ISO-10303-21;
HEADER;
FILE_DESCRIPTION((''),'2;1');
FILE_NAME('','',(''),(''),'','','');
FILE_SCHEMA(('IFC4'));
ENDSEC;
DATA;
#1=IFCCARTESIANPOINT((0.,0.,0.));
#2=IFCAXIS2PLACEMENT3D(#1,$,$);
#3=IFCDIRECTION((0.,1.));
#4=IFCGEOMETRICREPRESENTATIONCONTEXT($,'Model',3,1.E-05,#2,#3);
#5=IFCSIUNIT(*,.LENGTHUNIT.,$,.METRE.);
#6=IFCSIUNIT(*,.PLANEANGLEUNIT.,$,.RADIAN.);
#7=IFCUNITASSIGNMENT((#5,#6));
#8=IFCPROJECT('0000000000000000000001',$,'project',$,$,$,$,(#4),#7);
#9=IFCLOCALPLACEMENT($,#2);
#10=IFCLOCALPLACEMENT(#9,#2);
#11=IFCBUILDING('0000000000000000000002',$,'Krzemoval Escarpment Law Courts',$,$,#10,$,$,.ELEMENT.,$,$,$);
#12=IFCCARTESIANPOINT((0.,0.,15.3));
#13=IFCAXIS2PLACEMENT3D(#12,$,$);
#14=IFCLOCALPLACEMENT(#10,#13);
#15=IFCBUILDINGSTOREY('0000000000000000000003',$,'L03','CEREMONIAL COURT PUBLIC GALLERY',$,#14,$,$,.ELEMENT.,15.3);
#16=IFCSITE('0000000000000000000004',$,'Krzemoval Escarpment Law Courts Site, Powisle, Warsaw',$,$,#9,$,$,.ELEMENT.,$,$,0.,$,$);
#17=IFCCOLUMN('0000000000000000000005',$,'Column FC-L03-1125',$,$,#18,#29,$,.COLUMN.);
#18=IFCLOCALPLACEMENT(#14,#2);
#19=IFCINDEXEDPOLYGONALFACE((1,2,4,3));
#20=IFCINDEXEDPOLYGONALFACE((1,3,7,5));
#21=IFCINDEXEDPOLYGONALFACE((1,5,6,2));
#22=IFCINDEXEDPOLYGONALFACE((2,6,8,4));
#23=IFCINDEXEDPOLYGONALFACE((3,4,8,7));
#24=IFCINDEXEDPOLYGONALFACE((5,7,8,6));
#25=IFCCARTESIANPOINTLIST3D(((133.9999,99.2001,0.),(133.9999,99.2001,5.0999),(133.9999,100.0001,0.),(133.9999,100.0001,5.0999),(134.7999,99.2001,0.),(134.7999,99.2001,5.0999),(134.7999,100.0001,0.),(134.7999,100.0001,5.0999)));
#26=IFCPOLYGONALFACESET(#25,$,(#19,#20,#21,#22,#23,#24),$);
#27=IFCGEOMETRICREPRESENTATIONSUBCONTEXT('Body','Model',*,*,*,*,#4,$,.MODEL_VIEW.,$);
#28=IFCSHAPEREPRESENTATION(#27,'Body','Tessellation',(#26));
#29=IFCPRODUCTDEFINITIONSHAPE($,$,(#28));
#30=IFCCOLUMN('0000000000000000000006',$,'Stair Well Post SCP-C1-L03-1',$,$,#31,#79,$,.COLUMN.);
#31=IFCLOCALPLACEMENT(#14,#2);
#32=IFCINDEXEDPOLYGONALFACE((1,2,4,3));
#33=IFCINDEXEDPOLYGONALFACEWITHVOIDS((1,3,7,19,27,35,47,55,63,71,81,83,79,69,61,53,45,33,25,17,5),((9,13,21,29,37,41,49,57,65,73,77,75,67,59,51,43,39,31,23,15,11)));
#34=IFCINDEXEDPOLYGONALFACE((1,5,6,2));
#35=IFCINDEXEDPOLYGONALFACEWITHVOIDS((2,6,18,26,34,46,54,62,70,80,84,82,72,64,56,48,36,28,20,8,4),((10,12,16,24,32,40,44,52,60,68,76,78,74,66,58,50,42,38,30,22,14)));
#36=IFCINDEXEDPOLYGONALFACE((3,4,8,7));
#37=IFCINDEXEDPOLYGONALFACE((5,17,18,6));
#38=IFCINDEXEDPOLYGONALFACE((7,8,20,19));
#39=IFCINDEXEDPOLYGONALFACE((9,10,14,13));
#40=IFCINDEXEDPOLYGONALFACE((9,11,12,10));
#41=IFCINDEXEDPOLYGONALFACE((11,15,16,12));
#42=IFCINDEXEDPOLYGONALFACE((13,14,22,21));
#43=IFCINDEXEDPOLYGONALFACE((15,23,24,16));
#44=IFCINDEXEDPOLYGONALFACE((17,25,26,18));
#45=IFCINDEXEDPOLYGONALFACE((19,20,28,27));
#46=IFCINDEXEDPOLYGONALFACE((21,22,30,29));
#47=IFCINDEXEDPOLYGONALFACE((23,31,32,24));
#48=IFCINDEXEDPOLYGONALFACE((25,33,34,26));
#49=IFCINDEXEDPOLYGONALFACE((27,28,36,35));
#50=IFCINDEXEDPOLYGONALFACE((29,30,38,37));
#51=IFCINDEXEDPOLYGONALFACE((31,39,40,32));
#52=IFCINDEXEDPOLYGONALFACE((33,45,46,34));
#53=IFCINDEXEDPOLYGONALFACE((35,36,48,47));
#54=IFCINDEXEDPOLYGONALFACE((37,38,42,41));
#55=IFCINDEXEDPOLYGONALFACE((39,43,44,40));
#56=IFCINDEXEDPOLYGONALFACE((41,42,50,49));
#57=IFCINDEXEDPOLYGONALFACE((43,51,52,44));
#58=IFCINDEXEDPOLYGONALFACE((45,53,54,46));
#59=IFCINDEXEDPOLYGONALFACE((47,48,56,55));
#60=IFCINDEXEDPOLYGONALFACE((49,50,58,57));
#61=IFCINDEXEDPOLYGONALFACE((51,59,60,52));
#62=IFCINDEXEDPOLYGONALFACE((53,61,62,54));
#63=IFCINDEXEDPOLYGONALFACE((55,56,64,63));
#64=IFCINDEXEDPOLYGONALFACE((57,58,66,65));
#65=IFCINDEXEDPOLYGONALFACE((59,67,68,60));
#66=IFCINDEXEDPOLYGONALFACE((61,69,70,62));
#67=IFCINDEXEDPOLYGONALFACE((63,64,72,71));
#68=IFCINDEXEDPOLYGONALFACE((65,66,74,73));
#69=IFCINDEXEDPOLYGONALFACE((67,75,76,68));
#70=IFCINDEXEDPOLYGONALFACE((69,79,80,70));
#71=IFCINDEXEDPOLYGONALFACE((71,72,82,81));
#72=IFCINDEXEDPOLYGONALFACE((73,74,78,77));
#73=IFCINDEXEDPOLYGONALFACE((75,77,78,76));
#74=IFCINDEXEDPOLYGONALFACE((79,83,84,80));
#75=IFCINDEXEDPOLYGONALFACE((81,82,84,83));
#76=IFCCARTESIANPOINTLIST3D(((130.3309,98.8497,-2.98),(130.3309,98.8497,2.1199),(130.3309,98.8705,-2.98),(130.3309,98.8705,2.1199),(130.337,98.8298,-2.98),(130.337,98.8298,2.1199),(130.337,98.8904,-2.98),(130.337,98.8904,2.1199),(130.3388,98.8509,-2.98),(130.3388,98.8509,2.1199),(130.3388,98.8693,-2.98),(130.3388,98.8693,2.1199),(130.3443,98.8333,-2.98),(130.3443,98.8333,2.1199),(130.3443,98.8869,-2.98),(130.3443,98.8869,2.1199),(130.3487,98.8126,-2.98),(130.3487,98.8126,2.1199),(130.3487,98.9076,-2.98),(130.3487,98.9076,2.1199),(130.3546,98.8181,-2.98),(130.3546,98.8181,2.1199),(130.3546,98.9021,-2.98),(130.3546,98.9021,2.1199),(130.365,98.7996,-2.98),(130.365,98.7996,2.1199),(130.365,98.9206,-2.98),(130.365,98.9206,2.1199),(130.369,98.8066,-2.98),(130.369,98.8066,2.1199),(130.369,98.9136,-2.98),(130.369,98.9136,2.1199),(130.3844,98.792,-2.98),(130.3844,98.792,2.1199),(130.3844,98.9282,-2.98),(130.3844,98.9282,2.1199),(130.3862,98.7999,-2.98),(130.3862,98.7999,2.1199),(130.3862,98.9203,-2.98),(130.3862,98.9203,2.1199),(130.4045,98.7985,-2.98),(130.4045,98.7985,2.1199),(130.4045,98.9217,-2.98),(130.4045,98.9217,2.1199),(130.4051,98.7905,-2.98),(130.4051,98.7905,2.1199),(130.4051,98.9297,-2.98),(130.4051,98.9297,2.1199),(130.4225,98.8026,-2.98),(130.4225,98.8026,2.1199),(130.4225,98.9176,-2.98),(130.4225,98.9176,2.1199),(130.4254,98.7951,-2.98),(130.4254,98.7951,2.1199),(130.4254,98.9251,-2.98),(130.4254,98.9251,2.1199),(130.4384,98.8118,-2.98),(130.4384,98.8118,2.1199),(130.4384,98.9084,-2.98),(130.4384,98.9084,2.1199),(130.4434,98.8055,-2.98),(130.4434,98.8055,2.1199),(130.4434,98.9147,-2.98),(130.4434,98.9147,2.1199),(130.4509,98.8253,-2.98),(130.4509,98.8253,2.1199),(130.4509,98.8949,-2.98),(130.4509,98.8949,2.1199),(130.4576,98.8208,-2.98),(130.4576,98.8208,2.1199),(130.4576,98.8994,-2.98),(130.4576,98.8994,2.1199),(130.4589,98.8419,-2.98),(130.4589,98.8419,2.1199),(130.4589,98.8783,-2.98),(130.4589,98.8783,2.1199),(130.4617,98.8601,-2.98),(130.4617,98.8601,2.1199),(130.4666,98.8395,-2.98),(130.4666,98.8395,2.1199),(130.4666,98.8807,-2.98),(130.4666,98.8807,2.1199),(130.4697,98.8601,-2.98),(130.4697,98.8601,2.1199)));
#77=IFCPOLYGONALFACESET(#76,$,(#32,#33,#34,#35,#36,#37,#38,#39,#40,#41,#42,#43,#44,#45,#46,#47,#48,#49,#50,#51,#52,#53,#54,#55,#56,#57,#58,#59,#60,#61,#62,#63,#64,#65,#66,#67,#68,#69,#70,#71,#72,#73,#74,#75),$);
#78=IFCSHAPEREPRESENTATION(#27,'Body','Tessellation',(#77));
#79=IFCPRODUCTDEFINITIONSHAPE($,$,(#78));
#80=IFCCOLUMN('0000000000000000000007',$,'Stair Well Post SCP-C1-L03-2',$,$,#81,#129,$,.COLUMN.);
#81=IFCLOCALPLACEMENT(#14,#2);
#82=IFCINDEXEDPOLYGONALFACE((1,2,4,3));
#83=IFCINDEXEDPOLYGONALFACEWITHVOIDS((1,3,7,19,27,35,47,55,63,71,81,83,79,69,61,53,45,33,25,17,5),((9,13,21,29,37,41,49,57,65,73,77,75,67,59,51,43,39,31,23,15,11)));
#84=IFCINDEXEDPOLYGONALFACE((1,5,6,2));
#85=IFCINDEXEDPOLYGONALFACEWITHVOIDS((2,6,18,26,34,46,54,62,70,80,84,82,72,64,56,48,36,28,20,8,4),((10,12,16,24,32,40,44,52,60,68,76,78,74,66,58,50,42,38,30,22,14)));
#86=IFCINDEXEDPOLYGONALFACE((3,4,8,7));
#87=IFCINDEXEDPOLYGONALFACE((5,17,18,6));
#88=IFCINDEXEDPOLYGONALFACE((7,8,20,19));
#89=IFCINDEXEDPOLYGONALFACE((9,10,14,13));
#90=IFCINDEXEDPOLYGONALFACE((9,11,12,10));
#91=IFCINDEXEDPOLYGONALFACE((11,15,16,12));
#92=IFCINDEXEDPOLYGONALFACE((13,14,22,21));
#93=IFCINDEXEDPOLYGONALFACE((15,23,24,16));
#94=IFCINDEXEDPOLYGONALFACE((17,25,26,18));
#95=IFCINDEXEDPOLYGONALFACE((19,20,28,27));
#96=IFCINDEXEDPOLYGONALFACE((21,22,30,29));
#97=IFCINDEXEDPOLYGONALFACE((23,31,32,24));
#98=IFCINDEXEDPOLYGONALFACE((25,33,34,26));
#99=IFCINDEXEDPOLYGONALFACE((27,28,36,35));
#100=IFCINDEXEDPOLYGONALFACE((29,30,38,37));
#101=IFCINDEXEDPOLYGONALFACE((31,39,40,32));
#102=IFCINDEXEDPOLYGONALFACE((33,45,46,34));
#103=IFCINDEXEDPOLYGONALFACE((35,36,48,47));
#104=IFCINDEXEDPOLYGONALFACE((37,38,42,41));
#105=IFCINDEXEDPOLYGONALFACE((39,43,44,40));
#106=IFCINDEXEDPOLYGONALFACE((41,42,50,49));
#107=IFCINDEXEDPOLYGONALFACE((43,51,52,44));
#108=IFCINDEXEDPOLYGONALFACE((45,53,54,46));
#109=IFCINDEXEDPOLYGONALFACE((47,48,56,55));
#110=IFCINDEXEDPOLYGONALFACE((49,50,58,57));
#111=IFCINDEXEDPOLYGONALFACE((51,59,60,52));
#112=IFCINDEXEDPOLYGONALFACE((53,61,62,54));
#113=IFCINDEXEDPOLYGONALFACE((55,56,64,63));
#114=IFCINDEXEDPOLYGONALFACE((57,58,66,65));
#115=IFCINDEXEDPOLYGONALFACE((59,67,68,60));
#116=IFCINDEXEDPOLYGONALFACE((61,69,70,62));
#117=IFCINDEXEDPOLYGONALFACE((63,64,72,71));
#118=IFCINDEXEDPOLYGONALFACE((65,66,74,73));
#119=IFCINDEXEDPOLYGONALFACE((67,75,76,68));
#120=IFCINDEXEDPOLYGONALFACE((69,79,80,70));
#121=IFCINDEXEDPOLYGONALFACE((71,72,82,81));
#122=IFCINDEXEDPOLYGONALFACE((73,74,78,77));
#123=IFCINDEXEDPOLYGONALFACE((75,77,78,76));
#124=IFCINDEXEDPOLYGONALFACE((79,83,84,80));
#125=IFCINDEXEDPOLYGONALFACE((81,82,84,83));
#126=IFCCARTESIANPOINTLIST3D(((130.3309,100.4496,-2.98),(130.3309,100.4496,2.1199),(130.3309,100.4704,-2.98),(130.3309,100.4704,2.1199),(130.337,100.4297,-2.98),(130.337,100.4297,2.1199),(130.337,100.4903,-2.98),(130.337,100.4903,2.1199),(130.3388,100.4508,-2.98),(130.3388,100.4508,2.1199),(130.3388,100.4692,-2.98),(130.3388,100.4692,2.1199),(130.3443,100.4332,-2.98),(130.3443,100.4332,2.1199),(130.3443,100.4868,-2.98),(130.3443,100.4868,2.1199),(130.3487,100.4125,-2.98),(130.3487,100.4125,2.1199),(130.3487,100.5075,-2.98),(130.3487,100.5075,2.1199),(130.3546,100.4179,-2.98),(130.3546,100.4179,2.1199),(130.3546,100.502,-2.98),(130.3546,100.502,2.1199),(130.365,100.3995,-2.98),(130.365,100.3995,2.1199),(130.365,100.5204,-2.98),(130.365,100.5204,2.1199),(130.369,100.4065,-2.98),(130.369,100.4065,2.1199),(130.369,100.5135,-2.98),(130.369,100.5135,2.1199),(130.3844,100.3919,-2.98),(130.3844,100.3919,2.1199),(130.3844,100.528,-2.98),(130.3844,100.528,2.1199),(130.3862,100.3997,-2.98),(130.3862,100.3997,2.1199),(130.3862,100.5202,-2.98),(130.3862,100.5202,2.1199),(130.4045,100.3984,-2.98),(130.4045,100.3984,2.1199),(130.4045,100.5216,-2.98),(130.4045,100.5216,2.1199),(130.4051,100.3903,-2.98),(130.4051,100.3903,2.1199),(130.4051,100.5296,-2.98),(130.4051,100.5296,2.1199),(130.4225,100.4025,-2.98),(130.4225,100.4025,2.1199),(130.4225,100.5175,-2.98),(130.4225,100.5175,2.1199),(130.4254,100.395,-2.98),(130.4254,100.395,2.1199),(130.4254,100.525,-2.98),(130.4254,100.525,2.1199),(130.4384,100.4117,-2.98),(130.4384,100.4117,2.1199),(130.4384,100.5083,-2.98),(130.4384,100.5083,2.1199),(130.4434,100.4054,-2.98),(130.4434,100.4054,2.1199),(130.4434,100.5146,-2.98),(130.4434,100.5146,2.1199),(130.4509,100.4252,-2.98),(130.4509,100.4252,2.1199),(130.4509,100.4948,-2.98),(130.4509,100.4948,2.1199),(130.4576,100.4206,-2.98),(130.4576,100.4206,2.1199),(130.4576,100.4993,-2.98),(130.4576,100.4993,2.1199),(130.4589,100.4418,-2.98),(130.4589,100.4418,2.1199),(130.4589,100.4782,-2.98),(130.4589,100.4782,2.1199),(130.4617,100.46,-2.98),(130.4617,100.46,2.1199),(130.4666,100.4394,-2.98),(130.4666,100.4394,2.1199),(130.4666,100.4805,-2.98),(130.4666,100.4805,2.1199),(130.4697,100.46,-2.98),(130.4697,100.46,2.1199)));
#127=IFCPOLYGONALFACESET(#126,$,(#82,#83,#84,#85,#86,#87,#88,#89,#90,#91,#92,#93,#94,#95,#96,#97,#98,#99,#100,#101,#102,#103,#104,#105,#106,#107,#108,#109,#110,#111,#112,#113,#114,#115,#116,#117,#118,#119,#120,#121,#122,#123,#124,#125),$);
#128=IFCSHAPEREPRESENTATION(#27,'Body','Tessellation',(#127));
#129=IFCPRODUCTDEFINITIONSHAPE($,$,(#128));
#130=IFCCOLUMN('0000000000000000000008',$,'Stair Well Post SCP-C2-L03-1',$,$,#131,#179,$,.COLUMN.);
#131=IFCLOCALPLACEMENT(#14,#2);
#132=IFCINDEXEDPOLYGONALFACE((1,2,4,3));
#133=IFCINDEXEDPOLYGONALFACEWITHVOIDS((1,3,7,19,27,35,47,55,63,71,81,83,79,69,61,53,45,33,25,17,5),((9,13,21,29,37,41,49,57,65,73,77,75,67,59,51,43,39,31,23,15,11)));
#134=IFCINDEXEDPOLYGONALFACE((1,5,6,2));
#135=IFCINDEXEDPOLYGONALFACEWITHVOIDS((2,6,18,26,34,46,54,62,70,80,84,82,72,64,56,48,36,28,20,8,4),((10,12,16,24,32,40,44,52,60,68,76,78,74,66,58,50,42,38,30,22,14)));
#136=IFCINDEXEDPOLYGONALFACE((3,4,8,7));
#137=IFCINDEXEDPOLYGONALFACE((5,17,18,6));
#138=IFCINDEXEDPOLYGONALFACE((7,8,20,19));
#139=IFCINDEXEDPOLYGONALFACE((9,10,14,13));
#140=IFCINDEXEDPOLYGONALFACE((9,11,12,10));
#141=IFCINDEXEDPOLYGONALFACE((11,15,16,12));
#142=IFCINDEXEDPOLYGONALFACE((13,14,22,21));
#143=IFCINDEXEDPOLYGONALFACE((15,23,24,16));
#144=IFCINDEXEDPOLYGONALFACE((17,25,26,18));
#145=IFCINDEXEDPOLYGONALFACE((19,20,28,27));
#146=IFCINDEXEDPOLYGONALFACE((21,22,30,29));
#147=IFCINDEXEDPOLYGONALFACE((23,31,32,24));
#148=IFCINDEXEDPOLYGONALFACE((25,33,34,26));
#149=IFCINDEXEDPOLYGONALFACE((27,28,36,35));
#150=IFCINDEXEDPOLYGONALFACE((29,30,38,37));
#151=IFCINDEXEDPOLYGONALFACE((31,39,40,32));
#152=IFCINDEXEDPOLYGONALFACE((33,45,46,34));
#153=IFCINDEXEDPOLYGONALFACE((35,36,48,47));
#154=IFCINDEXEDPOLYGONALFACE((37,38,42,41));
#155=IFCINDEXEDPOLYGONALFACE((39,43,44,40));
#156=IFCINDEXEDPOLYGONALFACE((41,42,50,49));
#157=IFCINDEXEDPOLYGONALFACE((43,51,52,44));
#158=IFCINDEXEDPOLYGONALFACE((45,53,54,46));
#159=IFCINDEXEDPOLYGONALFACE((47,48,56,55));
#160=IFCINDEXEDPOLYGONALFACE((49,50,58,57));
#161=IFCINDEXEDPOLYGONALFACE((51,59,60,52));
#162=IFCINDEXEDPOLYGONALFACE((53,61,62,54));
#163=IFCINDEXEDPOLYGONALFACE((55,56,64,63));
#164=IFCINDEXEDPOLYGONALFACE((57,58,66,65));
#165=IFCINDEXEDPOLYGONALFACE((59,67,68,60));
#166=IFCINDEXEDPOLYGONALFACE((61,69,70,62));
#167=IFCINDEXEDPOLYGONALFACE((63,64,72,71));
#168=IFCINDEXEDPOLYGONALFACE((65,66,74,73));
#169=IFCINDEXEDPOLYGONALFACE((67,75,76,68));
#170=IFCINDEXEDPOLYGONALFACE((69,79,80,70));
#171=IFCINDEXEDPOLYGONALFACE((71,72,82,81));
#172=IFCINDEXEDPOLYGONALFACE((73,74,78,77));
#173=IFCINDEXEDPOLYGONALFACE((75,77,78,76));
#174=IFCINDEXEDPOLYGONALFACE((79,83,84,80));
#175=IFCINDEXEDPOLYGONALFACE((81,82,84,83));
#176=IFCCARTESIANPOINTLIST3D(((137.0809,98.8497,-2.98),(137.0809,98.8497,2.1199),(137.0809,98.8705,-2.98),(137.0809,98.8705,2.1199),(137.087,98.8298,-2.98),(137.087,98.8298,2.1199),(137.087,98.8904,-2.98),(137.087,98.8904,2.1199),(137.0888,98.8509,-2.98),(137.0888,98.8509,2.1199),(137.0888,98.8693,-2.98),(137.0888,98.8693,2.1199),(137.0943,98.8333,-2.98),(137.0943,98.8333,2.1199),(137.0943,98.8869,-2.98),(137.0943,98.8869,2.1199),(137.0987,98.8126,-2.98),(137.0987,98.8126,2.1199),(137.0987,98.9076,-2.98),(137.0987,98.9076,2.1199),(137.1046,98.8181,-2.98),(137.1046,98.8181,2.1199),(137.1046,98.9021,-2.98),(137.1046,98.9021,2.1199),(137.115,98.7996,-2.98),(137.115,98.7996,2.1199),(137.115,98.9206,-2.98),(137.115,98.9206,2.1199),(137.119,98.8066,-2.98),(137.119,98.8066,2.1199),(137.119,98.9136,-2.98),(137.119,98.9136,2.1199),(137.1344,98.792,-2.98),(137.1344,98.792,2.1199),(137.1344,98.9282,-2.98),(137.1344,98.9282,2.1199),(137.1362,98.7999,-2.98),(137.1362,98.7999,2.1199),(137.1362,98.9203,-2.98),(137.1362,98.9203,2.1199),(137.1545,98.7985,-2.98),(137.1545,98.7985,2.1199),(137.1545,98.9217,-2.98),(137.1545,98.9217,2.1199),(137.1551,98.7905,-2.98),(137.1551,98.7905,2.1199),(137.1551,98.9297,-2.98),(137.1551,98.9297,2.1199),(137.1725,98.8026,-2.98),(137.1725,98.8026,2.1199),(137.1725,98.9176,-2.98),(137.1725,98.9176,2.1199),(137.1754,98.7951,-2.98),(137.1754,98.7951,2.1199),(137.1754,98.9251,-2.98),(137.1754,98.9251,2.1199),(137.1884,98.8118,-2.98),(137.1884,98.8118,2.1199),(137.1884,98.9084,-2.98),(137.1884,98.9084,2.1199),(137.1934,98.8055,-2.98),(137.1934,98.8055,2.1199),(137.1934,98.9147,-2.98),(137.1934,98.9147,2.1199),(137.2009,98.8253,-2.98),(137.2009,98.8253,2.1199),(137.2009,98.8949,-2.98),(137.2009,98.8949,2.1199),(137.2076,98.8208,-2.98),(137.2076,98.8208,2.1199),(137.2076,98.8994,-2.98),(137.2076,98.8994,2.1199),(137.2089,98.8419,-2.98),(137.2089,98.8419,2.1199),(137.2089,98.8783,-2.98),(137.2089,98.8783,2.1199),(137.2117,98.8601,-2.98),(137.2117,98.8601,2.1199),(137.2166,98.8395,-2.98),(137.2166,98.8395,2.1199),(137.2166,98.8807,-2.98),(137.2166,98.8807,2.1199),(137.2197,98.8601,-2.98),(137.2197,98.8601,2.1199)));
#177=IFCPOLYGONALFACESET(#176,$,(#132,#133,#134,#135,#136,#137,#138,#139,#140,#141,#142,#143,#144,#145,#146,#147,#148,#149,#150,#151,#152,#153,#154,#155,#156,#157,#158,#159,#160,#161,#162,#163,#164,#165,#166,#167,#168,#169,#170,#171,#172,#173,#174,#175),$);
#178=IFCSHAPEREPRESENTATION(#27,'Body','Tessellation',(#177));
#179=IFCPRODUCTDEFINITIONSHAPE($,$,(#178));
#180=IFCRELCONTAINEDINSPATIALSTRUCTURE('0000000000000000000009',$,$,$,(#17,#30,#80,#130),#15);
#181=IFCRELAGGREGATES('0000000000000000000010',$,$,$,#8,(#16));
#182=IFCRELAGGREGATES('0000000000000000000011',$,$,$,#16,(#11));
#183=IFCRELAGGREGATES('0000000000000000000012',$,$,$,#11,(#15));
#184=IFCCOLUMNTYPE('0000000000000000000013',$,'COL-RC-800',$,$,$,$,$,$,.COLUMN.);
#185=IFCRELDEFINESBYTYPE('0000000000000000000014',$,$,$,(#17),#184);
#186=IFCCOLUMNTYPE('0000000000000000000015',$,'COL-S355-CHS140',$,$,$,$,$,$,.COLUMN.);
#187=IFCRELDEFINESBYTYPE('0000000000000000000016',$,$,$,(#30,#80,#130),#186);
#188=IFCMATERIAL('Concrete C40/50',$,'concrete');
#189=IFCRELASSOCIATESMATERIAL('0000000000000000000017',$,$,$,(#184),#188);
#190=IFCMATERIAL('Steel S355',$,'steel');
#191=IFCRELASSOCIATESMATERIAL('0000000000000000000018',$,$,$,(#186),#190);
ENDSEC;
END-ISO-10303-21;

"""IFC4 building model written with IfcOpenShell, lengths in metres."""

from ifc_helpers import new_model, si_unit, direction, frame, origin, origin_2d, place, context, subcontext, project, spatial, rectangle, hollow_circle, extrude, material, material_profile, profile_set, type_object, element, save


model = new_model("IFC4")

# Units and contexts
model_context = context("Model", 3, precision=1e-05, world=origin(), true_north=direction((0.0, 1.0)))
body_context = subcontext(model_context, "Body", "Model", "MODEL_VIEW")
ifc_project = project(units=[si_unit("LENGTHUNIT", "METRE"), si_unit("PLANEANGLEUNIT", "RADIAN")], contexts=[model_context])

# Site, building, storey
site_placement = place(None, origin())
site = spatial("IfcSite", under=ifc_project, at=site_placement, Name="Krzemoval Escarpment Law Courts Site, Powisle, Warsaw", CompositionType="ELEMENT", RefElevation=0.0)
building_placement = place(site_placement, origin())
building = spatial("IfcBuilding", under=site, at=building_placement, Name="Krzemoval Escarpment Law Courts", CompositionType="ELEMENT")
storey_placement = place(building_placement, frame((0.0, 0.0, 15.3)))
storey = spatial("IfcBuildingStorey", under=building, at=storey_placement, Name="L03", Description="CEREMONIAL COURT PUBLIC GALLERY", CompositionType="ELEMENT", Elevation=15.3)

# Columns
ifc_material_1 = material(Name="Concrete C40/50", Category="concrete")
ifc_material_profile_1 = material_profile(ifc_material_1, rectangle(XDim=0.8, YDim=0.8, at=origin_2d()), Name="RC 800x800")
ifc_profile_set_1 = profile_set([ifc_material_profile_1], Name="Concrete C40/50")
column_type_1 = type_object("IfcColumnType", Name="COL-RC-800", PredefinedType="COLUMN", material=ifc_profile_set_1)
column_placement = place(storey_placement, frame((134.3999, 99.6001, 0.0), z_axis=(0.0, 0.0, 1.0), x_axis=(1.0, 0.0, 0.0)))
element("IfcColumn", 1, at=column_placement, inside=storey, type_object=column_type_1, Name="Column FC-L03-1125", PredefinedType="COLUMN", context=body_context, shape_type="SweptSolid", body=[
    extrude(rectangle(XDim=0.8, YDim=0.8, at=origin_2d()), origin(), (0.0, 0.0, 1.0), 5.0999),
])
ifc_material_2 = material(Name="Steel S355", Category="steel")
ifc_material_profile_2 = material_profile(ifc_material_2, hollow_circle(Radius=0.0698, WallThickness=0.0081, at=origin_2d()), Name="CHS 139.7x8")
ifc_profile_set_2 = profile_set([ifc_material_profile_2], Name="Steel S355")
column_type_2 = type_object("IfcColumnType", Name="COL-S355-CHS140", PredefinedType="COLUMN", material=ifc_profile_set_2)
for number, where, z_axis, x_axis, name in (
    (2, (130.3999, 98.8601, -2.98), (0.0, 0.0, 1.0), (1.0, 0.0, 0.0), "Stair Well Post SCP-C1-L03-1"),
    (3, (130.3999, 100.46, -2.98), (0.0, 0.0, 1.0), (1.0, 0.0, 0.0), "Stair Well Post SCP-C1-L03-2"),
    (4, (137.1499, 98.8601, -2.98), (0.0, 0.0, 1.0), (1.0, 0.0, 0.0), "Stair Well Post SCP-C2-L03-1"),
):
    element("IfcColumn", number, at=place(storey_placement, frame(where, z_axis=z_axis, x_axis=x_axis)), inside=storey, type_object=column_type_2, Name=name, PredefinedType="COLUMN", context=body_context, shape_type="SweptSolid", body=[
        extrude(hollow_circle(Radius=0.0698, WallThickness=0.0081, at=origin_2d()), origin(), (0.0, 0.0, 1.0), 5.0999),
    ])

save(model, "model.ifc")
